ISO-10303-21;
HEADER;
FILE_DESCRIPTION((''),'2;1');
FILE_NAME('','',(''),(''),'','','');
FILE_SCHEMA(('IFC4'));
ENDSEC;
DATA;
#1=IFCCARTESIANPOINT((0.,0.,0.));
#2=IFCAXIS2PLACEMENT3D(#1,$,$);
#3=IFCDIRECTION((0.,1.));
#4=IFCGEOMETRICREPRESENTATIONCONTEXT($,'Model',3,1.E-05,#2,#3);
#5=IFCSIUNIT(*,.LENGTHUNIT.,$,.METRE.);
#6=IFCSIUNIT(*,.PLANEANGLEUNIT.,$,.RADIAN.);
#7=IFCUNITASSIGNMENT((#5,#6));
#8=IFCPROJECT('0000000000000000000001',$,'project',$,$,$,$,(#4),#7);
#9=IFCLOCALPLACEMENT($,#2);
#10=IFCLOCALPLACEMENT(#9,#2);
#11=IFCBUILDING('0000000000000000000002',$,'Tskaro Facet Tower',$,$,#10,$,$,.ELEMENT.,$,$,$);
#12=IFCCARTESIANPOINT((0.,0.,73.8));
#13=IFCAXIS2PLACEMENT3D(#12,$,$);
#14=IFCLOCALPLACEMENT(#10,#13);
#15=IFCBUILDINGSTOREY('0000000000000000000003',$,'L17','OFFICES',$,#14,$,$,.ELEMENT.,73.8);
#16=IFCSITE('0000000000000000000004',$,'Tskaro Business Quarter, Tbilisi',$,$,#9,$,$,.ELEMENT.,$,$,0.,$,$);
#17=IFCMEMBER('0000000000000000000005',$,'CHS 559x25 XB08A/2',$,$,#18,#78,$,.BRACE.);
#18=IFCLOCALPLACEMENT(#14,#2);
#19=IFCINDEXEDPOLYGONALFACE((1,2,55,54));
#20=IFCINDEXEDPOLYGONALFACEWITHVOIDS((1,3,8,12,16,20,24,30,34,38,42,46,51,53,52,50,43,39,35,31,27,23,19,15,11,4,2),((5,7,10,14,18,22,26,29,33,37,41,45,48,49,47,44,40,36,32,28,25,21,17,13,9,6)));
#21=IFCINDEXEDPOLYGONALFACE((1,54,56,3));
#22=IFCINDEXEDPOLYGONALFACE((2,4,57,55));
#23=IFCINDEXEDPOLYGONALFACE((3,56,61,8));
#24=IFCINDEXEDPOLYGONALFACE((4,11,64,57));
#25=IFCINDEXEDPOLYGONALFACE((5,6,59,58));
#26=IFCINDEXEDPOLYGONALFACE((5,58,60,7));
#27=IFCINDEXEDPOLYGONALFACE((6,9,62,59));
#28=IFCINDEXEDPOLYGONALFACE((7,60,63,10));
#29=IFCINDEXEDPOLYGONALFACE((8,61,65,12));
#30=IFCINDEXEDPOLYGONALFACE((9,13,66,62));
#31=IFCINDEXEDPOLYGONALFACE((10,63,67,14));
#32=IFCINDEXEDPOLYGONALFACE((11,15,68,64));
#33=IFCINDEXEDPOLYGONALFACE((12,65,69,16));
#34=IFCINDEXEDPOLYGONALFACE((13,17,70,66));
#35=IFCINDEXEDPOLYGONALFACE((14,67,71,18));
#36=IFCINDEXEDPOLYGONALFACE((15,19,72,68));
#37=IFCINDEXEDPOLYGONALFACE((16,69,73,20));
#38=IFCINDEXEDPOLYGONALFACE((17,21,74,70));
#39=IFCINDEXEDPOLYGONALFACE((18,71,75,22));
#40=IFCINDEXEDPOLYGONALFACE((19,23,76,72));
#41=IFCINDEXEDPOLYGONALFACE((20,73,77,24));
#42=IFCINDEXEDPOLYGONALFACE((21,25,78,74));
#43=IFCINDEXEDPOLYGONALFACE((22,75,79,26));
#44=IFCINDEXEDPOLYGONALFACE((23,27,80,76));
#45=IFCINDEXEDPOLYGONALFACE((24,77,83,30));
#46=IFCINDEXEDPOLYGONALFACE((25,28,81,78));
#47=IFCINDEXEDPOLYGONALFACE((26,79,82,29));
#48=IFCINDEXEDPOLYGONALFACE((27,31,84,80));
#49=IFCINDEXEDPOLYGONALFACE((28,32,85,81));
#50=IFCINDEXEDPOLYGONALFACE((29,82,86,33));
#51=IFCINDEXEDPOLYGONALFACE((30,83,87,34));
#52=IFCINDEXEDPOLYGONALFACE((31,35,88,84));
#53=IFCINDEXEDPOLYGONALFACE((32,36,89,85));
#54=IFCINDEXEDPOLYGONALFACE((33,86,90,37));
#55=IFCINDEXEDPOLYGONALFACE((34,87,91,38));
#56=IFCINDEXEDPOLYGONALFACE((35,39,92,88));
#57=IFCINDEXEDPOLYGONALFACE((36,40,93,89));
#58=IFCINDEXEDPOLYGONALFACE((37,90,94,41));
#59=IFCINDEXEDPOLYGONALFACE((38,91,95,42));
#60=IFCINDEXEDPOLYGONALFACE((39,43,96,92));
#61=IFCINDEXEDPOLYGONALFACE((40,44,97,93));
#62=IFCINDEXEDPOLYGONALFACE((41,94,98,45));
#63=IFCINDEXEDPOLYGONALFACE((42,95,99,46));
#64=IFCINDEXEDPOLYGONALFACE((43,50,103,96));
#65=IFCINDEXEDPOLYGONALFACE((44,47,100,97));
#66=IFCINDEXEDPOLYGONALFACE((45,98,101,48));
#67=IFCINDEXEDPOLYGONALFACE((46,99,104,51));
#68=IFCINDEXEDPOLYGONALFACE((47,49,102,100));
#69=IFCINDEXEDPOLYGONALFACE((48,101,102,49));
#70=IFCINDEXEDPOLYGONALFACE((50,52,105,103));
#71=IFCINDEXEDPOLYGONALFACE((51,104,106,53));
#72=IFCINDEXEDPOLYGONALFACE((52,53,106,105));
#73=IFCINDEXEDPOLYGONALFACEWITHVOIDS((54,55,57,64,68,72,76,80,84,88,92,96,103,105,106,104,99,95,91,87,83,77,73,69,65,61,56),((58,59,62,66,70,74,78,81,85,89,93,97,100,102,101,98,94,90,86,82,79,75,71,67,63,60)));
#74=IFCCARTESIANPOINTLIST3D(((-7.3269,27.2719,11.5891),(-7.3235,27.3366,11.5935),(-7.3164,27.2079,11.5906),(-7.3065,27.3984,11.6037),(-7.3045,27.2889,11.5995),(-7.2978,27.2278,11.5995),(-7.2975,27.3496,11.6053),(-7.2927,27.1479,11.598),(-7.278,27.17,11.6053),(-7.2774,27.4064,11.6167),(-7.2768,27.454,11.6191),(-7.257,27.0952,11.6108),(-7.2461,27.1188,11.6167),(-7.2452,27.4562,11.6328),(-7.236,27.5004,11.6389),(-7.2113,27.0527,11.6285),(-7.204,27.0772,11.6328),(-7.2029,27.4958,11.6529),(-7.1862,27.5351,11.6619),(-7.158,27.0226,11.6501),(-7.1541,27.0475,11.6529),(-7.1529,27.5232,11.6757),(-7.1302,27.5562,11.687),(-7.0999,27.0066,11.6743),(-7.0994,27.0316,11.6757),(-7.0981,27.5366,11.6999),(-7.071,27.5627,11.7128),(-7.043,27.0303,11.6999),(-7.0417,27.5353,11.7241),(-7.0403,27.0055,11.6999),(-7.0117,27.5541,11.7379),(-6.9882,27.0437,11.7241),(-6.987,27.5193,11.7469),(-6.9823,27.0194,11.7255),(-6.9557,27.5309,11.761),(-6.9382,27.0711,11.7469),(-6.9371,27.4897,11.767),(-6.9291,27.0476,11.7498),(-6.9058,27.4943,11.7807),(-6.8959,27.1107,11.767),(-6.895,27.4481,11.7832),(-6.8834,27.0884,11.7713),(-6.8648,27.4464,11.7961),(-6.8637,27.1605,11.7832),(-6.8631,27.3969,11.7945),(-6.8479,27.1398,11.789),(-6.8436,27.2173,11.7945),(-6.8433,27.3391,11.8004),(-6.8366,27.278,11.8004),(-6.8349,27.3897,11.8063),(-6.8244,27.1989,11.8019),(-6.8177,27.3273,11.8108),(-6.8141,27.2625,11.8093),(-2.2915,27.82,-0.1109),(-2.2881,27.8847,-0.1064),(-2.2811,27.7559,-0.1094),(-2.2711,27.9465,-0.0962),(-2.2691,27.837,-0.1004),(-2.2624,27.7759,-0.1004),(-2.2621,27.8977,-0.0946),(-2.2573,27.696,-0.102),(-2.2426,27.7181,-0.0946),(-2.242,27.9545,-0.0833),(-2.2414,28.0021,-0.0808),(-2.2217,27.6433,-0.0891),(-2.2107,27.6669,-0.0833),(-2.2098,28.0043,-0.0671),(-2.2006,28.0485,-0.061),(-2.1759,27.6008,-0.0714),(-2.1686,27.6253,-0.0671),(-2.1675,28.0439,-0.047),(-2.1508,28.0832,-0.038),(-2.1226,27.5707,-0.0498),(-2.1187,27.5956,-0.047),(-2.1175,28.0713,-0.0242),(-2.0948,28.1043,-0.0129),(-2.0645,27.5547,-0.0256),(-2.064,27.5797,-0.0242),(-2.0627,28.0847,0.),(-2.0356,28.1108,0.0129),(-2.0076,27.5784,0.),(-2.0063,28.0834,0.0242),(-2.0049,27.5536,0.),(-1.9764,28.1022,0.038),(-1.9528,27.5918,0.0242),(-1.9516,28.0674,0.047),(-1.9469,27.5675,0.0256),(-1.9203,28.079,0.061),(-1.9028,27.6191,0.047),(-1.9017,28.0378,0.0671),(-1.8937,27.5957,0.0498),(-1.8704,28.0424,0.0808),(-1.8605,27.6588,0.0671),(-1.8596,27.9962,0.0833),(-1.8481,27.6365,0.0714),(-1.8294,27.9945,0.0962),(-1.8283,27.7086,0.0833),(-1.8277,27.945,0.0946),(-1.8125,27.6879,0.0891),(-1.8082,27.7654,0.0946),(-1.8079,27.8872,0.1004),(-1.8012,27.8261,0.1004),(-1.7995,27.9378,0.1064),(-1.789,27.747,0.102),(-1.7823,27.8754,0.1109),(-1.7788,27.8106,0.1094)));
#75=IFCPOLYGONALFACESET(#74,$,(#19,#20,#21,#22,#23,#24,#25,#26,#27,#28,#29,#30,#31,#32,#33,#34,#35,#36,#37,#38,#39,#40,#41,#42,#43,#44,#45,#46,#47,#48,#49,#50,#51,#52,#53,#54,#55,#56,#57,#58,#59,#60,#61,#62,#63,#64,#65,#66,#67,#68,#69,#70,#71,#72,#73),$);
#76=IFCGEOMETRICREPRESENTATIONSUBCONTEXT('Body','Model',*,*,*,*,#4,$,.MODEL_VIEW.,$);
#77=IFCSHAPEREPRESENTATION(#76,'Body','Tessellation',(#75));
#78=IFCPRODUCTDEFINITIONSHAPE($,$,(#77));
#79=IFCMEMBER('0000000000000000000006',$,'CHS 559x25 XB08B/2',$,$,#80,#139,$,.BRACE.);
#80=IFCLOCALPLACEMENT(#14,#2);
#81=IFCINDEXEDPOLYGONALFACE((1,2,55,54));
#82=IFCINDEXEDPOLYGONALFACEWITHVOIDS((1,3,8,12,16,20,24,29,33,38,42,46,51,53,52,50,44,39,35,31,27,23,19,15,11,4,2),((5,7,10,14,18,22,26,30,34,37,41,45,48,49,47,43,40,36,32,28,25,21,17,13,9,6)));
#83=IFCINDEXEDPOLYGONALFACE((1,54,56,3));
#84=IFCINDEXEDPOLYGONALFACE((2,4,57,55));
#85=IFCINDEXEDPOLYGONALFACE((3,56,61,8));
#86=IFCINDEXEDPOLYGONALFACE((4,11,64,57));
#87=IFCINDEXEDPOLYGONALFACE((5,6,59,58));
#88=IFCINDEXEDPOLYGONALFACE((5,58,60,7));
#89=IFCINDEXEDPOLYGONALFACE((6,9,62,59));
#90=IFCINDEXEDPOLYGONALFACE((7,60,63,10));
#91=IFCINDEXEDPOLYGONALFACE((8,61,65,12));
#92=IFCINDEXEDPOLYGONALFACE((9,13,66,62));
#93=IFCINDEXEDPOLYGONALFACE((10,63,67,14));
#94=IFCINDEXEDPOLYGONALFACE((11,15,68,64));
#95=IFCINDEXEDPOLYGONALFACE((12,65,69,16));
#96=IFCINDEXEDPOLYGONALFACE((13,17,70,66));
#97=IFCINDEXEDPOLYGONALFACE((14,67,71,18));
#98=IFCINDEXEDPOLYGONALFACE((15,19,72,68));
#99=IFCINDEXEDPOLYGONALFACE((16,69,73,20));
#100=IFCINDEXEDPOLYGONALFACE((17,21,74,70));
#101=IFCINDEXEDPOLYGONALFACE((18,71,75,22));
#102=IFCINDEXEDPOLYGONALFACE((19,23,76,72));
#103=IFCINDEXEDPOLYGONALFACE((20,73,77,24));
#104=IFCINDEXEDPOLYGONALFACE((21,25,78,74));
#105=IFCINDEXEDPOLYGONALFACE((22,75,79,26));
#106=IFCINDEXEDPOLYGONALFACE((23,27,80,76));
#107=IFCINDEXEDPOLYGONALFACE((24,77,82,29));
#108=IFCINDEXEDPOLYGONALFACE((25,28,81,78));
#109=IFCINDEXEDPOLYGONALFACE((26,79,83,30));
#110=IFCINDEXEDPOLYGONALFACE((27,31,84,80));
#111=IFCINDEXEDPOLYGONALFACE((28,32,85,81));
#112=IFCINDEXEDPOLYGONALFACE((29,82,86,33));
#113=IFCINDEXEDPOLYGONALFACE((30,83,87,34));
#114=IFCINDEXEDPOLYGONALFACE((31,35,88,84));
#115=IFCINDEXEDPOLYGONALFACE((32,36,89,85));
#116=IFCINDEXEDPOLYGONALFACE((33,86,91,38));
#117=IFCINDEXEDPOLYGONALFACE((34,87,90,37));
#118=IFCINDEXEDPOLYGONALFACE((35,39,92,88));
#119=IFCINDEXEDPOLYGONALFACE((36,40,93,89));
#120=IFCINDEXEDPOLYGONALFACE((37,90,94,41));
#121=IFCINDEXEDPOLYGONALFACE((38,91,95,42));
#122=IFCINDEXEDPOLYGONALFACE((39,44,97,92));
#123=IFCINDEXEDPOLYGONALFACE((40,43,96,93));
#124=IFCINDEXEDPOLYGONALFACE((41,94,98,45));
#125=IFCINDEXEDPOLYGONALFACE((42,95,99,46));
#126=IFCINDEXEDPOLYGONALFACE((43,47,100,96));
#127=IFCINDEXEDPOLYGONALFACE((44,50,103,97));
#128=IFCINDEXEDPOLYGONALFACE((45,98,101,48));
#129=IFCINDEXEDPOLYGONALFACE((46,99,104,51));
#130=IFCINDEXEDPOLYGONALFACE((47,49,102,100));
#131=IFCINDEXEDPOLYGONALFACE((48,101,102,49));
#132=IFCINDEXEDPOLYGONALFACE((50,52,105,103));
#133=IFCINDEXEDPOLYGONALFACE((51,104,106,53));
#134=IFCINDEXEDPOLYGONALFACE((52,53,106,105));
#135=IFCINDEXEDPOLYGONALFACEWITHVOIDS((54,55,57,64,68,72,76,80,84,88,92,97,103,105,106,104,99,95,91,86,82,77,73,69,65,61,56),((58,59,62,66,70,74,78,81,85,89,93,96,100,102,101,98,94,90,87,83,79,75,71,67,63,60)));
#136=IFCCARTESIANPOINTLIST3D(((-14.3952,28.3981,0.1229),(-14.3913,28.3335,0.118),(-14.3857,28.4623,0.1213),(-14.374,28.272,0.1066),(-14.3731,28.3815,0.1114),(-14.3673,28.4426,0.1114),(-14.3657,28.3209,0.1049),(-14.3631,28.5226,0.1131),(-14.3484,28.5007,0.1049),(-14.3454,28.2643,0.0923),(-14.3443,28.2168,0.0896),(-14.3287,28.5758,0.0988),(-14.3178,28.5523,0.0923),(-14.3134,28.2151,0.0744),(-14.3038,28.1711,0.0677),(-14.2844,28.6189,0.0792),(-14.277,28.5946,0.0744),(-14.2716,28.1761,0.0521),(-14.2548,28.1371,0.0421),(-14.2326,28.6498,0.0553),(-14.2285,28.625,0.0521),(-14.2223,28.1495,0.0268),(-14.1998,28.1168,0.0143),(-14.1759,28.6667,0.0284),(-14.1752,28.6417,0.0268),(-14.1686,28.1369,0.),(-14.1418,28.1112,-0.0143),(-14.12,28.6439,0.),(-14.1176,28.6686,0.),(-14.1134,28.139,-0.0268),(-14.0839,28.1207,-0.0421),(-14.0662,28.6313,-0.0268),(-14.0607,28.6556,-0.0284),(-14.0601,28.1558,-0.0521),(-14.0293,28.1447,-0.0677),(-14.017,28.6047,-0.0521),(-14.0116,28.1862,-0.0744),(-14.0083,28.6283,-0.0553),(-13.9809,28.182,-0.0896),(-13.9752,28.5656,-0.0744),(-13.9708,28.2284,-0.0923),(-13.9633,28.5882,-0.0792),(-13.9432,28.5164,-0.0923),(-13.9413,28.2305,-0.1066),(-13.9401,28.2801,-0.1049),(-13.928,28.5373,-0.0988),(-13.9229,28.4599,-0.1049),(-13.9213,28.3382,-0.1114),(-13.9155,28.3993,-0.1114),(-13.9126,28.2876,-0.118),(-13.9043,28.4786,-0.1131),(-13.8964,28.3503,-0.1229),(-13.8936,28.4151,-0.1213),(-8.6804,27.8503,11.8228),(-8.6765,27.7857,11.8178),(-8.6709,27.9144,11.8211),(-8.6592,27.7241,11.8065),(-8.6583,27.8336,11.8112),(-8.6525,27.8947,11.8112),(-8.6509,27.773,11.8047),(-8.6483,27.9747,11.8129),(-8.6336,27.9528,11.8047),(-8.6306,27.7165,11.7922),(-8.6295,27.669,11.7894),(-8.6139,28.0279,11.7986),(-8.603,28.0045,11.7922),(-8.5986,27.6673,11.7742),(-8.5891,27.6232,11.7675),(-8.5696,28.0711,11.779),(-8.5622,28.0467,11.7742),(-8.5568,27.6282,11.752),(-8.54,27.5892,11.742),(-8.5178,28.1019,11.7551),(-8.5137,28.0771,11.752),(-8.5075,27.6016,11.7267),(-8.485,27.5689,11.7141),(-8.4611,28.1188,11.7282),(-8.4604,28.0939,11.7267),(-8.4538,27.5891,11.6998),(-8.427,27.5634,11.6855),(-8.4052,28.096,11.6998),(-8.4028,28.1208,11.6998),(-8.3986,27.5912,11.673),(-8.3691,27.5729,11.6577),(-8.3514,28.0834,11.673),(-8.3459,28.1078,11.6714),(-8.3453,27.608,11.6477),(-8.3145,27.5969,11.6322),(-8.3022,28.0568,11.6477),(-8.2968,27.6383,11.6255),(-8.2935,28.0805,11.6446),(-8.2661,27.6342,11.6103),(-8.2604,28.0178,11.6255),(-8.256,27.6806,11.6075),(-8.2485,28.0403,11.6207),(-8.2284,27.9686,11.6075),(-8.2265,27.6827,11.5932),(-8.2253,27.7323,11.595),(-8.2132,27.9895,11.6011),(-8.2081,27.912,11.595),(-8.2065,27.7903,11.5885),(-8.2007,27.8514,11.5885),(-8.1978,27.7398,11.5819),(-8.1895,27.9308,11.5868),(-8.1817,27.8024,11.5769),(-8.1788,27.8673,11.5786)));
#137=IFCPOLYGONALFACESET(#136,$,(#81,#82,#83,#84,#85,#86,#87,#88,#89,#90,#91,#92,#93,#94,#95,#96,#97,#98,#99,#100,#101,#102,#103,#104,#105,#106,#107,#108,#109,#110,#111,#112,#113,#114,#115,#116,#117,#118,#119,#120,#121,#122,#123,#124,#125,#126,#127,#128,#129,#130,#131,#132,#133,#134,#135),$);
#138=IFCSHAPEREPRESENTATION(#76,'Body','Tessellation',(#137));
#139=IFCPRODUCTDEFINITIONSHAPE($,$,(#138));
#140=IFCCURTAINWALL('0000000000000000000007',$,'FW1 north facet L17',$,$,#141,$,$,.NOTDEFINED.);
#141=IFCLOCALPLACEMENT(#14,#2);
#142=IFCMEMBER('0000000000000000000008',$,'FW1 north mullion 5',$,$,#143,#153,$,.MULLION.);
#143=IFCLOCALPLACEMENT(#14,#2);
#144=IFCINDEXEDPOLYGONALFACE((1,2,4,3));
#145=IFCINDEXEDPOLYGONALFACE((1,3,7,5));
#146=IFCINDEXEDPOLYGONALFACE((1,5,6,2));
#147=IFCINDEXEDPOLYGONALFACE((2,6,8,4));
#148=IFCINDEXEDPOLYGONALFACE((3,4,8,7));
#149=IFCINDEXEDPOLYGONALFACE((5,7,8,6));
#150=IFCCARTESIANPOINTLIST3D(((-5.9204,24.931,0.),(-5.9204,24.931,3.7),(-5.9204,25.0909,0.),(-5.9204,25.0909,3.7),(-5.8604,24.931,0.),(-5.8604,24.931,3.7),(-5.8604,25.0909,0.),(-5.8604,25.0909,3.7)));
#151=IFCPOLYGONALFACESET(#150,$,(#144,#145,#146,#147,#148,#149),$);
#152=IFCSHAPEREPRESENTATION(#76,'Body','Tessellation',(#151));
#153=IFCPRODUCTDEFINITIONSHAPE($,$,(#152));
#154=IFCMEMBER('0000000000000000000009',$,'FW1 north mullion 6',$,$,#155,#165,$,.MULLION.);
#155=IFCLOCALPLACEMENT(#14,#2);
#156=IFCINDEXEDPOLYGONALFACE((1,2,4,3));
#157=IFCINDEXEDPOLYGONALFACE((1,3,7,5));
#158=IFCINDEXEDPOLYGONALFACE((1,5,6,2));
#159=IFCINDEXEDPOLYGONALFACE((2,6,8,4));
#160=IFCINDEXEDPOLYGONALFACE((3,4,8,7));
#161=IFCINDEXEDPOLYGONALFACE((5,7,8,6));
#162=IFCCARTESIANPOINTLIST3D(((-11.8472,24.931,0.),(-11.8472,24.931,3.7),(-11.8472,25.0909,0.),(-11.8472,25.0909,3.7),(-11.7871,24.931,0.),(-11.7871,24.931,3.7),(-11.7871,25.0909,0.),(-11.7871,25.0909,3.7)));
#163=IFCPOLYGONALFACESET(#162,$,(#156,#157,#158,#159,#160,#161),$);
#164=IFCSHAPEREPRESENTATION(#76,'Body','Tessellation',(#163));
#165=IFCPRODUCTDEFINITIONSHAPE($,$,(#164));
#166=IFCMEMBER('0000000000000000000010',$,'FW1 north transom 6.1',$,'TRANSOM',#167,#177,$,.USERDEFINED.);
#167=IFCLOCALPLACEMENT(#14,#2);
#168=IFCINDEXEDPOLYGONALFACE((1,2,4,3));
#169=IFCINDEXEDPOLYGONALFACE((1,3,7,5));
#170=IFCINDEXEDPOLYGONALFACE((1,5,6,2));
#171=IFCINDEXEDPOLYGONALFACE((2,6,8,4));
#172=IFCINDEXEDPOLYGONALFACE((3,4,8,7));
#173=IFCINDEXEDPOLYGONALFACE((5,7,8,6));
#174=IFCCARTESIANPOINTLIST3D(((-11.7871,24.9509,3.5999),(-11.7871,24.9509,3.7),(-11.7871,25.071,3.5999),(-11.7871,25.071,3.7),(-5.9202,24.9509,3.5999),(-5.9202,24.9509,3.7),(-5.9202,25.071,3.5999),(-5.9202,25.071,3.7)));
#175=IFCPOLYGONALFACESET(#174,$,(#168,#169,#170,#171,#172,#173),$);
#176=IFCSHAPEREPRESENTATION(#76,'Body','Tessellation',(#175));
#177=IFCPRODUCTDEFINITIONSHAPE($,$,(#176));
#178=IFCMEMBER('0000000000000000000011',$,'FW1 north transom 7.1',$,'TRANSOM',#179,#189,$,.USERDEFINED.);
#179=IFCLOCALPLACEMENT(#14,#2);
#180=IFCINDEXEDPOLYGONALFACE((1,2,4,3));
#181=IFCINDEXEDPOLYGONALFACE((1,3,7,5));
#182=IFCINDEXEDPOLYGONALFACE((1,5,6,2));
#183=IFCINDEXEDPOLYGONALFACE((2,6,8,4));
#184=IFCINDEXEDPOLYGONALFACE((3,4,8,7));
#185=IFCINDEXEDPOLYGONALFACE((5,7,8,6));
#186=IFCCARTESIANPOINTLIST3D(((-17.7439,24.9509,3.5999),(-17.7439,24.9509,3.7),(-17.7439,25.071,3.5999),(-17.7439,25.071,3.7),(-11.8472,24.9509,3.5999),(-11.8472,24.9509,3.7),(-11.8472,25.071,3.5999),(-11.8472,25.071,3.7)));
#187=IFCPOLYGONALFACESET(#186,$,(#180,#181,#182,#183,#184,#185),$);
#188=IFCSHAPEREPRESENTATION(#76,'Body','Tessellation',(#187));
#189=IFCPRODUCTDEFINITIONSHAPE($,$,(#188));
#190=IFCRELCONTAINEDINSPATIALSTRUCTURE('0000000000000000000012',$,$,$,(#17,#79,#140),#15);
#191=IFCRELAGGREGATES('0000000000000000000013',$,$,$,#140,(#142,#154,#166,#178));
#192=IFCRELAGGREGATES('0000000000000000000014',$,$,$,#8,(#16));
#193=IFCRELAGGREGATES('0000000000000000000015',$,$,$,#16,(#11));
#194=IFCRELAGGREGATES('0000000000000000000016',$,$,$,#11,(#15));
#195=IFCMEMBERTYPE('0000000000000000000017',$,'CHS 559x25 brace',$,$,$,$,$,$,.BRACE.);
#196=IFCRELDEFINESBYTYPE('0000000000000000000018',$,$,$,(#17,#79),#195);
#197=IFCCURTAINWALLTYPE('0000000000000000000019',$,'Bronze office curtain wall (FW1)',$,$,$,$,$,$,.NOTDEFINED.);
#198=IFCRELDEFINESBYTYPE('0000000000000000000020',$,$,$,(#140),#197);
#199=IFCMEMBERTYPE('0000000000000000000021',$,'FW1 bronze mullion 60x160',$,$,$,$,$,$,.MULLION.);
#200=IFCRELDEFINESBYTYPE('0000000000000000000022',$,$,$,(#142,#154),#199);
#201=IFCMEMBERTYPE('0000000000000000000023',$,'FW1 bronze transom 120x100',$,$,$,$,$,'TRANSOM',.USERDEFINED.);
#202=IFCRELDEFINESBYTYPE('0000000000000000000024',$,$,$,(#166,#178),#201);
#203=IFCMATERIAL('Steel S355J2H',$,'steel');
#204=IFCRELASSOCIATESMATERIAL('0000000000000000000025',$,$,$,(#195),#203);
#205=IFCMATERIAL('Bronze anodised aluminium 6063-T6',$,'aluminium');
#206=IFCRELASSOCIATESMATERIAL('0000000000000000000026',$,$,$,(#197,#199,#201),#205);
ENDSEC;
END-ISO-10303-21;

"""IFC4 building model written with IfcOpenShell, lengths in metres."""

from ifc_helpers import new_model, si_unit, direction, frame, origin, origin_2d, place, context, subcontext, project, spatial, rectangle, hollow_circle, extrude, material, material_profile, profile_set, type_object, element, aggregate, save


model = new_model("IFC4")

# Units and contexts
model_context = context("Model", 3, precision=1e-05, world=origin(), true_north=direction((0.0, 1.0)))
body_context = subcontext(model_context, "Body", "Model", "MODEL_VIEW")
ifc_project = project(units=[si_unit("LENGTHUNIT", "METRE"), si_unit("PLANEANGLEUNIT", "RADIAN")], contexts=[model_context])

# Site, building, storey
site_placement = place(None, origin())
site = spatial("IfcSite", under=ifc_project, at=site_placement, Name="Tskaro Business Quarter, Tbilisi", CompositionType="ELEMENT", RefElevation=0.0)
building_placement = place(site_placement, origin())
building = spatial("IfcBuilding", under=site, at=building_placement, Name="Tskaro Facet Tower", CompositionType="ELEMENT")
storey_placement = place(building_placement, frame((0.0, 0.0, 73.8)))
storey = spatial("IfcBuildingStorey", under=building, at=storey_placement, Name="L17", Description="OFFICES", CompositionType="ELEMENT", Elevation=73.8)

# Shared definitions
ifc_material_1 = material(Name="Steel S355J2H", Category="steel")

# Members
ifc_material_profile_1 = material_profile(ifc_material_1, hollow_circle(Radius=0.2795, WallThickness=0.0249, at=origin_2d()), Name="CHS 559x25")
ifc_profile_set_1 = profile_set([ifc_material_profile_1], Name="Steel S355J2H")
member_type_1 = type_object("IfcMemberType", Name="CHS 559x25 brace", PredefinedType="BRACE", material=ifc_profile_set_1)
member_1_placement = place(storey_placement, frame((-2.0352, 27.8315, 0.0), z_axis=(-0.394955, -0.04299, 0.917694), x_axis=(0.108209, -0.994128, 0.0)))
element("IfcMember", 1, at=member_1_placement, inside=storey, type_object=member_type_1, Name="CHS 559x25 XB08A/2", PredefinedType="BRACE", context=body_context, shape_type="SweptSolid", body=[
    extrude(hollow_circle(Radius=0.2795, WallThickness=0.0249, at=origin_2d()), origin(), (0.0, 0.0, 1.0), 12.7493),
])
member_2_placement = place(storey_placement, frame((-14.1443, 28.3904, 0.0), z_axis=(0.438504, -0.042037, 0.897746), x_axis=(0.095427, 0.995436, 0.0)))
element("IfcMember", 2, at=member_2_placement, inside=storey, type_object=member_type_1, Name="CHS 559x25 XB08B/2", PredefinedType="BRACE", context=body_context, shape_type="SweptSolid", body=[
    extrude(hollow_circle(Radius=0.2795, WallThickness=0.0249, at=origin_2d()), origin(), (0.0, 0.0, 1.0), 13.0325),
])

# Curtain wall, members
ifc_material_2 = material(Name="Bronze anodised aluminium 6063-T6", Category="aluminium")
curtain_wall_type = type_object("IfcCurtainWallType", Name="Bronze office curtain wall (FW1)", PredefinedType="NOTDEFINED", material=ifc_material_2)
curtain_wall_placement = place(storey_placement, origin())
curtain_wall = element("IfcCurtainWall", 3, at=curtain_wall_placement, inside=storey, type_object=curtain_wall_type, Name="FW1 north facet L17", PredefinedType="NOTDEFINED")
ifc_material_profile_2 = material_profile(ifc_material_2, rectangle(XDim=0.0601, YDim=0.1599, at=origin_2d()), Name="Mullion 60x160")
ifc_profile_set_2 = profile_set([ifc_material_profile_2], Name="Bronze anodised aluminium 6063-T6")
member_type_2 = type_object("IfcMemberType", Name="FW1 bronze mullion 60x160", PredefinedType="MULLION", material=ifc_profile_set_2)
member_3_placement = place(storey_placement, frame((-5.8904, 25.011, 0.0), z_axis=(0.0, 0.0, 1.0), x_axis=(-1.0, 0.0, 0.0)))
member_3 = element("IfcMember", 4, at=member_3_placement, type_object=member_type_2, Name="FW1 north mullion 5", PredefinedType="MULLION", context=body_context, shape_type="SweptSolid", body=[
    extrude(rectangle(XDim=0.0601, YDim=0.1599, at=origin_2d()), origin(), (0.0, 0.0, 1.0), 3.7),
])
member_4_placement = place(storey_placement, frame((-11.8171, 25.011, 0.0), z_axis=(0.0, 0.0, 1.0), x_axis=(-1.0, 0.0, 0.0)))
member_4 = element("IfcMember", 5, at=member_4_placement, type_object=member_type_2, Name="FW1 north mullion 6", PredefinedType="MULLION", context=body_context, shape_type="SweptSolid", body=[
    extrude(rectangle(XDim=0.0601, YDim=0.1599, at=origin_2d()), origin(), (0.0, 0.0, 1.0), 3.7),
])
ifc_material_profile_3 = material_profile(ifc_material_2, rectangle(XDim=0.1201, YDim=0.1001, at=origin_2d()), Name="Transom 120x100")
ifc_profile_set_3 = profile_set([ifc_material_profile_3], Name="Bronze anodised aluminium 6063-T6")
member_type_3 = type_object("IfcMemberType", Name="FW1 bronze transom 120x100", ElementType="TRANSOM", PredefinedType="USERDEFINED", material=ifc_profile_set_3)
member_5_placement = place(storey_placement, frame((-5.9202, 25.011, 3.6499), z_axis=(-1.0, 0.0, 0.0), x_axis=(0.0, -1.0, 0.0)))
member_5 = element("IfcMember", 6, at=member_5_placement, type_object=member_type_3, Name="FW1 north transom 6.1", ObjectType="TRANSOM", PredefinedType="USERDEFINED", context=body_context, shape_type="SweptSolid", body=[
    extrude(rectangle(XDim=0.1201, YDim=0.1001, at=origin_2d()), origin(), (0.0, 0.0, 1.0), 5.8669),
])
member_6_placement = place(storey_placement, frame((-11.8472, 25.011, 3.6499), z_axis=(-1.0, 0.0, 0.0), x_axis=(0.0, -1.0, 0.0)))
member_6 = element("IfcMember", 7, at=member_6_placement, type_object=member_type_3, Name="FW1 north transom 7.1", ObjectType="TRANSOM", PredefinedType="USERDEFINED", context=body_context, shape_type="SweptSolid", body=[
    extrude(rectangle(XDim=0.1201, YDim=0.1001, at=origin_2d()), origin(), (0.0, 0.0, 1.0), 5.8967),
])

aggregate(curtain_wall, [member_3, member_4, member_5, member_6])

save(model, "model.ifc")
